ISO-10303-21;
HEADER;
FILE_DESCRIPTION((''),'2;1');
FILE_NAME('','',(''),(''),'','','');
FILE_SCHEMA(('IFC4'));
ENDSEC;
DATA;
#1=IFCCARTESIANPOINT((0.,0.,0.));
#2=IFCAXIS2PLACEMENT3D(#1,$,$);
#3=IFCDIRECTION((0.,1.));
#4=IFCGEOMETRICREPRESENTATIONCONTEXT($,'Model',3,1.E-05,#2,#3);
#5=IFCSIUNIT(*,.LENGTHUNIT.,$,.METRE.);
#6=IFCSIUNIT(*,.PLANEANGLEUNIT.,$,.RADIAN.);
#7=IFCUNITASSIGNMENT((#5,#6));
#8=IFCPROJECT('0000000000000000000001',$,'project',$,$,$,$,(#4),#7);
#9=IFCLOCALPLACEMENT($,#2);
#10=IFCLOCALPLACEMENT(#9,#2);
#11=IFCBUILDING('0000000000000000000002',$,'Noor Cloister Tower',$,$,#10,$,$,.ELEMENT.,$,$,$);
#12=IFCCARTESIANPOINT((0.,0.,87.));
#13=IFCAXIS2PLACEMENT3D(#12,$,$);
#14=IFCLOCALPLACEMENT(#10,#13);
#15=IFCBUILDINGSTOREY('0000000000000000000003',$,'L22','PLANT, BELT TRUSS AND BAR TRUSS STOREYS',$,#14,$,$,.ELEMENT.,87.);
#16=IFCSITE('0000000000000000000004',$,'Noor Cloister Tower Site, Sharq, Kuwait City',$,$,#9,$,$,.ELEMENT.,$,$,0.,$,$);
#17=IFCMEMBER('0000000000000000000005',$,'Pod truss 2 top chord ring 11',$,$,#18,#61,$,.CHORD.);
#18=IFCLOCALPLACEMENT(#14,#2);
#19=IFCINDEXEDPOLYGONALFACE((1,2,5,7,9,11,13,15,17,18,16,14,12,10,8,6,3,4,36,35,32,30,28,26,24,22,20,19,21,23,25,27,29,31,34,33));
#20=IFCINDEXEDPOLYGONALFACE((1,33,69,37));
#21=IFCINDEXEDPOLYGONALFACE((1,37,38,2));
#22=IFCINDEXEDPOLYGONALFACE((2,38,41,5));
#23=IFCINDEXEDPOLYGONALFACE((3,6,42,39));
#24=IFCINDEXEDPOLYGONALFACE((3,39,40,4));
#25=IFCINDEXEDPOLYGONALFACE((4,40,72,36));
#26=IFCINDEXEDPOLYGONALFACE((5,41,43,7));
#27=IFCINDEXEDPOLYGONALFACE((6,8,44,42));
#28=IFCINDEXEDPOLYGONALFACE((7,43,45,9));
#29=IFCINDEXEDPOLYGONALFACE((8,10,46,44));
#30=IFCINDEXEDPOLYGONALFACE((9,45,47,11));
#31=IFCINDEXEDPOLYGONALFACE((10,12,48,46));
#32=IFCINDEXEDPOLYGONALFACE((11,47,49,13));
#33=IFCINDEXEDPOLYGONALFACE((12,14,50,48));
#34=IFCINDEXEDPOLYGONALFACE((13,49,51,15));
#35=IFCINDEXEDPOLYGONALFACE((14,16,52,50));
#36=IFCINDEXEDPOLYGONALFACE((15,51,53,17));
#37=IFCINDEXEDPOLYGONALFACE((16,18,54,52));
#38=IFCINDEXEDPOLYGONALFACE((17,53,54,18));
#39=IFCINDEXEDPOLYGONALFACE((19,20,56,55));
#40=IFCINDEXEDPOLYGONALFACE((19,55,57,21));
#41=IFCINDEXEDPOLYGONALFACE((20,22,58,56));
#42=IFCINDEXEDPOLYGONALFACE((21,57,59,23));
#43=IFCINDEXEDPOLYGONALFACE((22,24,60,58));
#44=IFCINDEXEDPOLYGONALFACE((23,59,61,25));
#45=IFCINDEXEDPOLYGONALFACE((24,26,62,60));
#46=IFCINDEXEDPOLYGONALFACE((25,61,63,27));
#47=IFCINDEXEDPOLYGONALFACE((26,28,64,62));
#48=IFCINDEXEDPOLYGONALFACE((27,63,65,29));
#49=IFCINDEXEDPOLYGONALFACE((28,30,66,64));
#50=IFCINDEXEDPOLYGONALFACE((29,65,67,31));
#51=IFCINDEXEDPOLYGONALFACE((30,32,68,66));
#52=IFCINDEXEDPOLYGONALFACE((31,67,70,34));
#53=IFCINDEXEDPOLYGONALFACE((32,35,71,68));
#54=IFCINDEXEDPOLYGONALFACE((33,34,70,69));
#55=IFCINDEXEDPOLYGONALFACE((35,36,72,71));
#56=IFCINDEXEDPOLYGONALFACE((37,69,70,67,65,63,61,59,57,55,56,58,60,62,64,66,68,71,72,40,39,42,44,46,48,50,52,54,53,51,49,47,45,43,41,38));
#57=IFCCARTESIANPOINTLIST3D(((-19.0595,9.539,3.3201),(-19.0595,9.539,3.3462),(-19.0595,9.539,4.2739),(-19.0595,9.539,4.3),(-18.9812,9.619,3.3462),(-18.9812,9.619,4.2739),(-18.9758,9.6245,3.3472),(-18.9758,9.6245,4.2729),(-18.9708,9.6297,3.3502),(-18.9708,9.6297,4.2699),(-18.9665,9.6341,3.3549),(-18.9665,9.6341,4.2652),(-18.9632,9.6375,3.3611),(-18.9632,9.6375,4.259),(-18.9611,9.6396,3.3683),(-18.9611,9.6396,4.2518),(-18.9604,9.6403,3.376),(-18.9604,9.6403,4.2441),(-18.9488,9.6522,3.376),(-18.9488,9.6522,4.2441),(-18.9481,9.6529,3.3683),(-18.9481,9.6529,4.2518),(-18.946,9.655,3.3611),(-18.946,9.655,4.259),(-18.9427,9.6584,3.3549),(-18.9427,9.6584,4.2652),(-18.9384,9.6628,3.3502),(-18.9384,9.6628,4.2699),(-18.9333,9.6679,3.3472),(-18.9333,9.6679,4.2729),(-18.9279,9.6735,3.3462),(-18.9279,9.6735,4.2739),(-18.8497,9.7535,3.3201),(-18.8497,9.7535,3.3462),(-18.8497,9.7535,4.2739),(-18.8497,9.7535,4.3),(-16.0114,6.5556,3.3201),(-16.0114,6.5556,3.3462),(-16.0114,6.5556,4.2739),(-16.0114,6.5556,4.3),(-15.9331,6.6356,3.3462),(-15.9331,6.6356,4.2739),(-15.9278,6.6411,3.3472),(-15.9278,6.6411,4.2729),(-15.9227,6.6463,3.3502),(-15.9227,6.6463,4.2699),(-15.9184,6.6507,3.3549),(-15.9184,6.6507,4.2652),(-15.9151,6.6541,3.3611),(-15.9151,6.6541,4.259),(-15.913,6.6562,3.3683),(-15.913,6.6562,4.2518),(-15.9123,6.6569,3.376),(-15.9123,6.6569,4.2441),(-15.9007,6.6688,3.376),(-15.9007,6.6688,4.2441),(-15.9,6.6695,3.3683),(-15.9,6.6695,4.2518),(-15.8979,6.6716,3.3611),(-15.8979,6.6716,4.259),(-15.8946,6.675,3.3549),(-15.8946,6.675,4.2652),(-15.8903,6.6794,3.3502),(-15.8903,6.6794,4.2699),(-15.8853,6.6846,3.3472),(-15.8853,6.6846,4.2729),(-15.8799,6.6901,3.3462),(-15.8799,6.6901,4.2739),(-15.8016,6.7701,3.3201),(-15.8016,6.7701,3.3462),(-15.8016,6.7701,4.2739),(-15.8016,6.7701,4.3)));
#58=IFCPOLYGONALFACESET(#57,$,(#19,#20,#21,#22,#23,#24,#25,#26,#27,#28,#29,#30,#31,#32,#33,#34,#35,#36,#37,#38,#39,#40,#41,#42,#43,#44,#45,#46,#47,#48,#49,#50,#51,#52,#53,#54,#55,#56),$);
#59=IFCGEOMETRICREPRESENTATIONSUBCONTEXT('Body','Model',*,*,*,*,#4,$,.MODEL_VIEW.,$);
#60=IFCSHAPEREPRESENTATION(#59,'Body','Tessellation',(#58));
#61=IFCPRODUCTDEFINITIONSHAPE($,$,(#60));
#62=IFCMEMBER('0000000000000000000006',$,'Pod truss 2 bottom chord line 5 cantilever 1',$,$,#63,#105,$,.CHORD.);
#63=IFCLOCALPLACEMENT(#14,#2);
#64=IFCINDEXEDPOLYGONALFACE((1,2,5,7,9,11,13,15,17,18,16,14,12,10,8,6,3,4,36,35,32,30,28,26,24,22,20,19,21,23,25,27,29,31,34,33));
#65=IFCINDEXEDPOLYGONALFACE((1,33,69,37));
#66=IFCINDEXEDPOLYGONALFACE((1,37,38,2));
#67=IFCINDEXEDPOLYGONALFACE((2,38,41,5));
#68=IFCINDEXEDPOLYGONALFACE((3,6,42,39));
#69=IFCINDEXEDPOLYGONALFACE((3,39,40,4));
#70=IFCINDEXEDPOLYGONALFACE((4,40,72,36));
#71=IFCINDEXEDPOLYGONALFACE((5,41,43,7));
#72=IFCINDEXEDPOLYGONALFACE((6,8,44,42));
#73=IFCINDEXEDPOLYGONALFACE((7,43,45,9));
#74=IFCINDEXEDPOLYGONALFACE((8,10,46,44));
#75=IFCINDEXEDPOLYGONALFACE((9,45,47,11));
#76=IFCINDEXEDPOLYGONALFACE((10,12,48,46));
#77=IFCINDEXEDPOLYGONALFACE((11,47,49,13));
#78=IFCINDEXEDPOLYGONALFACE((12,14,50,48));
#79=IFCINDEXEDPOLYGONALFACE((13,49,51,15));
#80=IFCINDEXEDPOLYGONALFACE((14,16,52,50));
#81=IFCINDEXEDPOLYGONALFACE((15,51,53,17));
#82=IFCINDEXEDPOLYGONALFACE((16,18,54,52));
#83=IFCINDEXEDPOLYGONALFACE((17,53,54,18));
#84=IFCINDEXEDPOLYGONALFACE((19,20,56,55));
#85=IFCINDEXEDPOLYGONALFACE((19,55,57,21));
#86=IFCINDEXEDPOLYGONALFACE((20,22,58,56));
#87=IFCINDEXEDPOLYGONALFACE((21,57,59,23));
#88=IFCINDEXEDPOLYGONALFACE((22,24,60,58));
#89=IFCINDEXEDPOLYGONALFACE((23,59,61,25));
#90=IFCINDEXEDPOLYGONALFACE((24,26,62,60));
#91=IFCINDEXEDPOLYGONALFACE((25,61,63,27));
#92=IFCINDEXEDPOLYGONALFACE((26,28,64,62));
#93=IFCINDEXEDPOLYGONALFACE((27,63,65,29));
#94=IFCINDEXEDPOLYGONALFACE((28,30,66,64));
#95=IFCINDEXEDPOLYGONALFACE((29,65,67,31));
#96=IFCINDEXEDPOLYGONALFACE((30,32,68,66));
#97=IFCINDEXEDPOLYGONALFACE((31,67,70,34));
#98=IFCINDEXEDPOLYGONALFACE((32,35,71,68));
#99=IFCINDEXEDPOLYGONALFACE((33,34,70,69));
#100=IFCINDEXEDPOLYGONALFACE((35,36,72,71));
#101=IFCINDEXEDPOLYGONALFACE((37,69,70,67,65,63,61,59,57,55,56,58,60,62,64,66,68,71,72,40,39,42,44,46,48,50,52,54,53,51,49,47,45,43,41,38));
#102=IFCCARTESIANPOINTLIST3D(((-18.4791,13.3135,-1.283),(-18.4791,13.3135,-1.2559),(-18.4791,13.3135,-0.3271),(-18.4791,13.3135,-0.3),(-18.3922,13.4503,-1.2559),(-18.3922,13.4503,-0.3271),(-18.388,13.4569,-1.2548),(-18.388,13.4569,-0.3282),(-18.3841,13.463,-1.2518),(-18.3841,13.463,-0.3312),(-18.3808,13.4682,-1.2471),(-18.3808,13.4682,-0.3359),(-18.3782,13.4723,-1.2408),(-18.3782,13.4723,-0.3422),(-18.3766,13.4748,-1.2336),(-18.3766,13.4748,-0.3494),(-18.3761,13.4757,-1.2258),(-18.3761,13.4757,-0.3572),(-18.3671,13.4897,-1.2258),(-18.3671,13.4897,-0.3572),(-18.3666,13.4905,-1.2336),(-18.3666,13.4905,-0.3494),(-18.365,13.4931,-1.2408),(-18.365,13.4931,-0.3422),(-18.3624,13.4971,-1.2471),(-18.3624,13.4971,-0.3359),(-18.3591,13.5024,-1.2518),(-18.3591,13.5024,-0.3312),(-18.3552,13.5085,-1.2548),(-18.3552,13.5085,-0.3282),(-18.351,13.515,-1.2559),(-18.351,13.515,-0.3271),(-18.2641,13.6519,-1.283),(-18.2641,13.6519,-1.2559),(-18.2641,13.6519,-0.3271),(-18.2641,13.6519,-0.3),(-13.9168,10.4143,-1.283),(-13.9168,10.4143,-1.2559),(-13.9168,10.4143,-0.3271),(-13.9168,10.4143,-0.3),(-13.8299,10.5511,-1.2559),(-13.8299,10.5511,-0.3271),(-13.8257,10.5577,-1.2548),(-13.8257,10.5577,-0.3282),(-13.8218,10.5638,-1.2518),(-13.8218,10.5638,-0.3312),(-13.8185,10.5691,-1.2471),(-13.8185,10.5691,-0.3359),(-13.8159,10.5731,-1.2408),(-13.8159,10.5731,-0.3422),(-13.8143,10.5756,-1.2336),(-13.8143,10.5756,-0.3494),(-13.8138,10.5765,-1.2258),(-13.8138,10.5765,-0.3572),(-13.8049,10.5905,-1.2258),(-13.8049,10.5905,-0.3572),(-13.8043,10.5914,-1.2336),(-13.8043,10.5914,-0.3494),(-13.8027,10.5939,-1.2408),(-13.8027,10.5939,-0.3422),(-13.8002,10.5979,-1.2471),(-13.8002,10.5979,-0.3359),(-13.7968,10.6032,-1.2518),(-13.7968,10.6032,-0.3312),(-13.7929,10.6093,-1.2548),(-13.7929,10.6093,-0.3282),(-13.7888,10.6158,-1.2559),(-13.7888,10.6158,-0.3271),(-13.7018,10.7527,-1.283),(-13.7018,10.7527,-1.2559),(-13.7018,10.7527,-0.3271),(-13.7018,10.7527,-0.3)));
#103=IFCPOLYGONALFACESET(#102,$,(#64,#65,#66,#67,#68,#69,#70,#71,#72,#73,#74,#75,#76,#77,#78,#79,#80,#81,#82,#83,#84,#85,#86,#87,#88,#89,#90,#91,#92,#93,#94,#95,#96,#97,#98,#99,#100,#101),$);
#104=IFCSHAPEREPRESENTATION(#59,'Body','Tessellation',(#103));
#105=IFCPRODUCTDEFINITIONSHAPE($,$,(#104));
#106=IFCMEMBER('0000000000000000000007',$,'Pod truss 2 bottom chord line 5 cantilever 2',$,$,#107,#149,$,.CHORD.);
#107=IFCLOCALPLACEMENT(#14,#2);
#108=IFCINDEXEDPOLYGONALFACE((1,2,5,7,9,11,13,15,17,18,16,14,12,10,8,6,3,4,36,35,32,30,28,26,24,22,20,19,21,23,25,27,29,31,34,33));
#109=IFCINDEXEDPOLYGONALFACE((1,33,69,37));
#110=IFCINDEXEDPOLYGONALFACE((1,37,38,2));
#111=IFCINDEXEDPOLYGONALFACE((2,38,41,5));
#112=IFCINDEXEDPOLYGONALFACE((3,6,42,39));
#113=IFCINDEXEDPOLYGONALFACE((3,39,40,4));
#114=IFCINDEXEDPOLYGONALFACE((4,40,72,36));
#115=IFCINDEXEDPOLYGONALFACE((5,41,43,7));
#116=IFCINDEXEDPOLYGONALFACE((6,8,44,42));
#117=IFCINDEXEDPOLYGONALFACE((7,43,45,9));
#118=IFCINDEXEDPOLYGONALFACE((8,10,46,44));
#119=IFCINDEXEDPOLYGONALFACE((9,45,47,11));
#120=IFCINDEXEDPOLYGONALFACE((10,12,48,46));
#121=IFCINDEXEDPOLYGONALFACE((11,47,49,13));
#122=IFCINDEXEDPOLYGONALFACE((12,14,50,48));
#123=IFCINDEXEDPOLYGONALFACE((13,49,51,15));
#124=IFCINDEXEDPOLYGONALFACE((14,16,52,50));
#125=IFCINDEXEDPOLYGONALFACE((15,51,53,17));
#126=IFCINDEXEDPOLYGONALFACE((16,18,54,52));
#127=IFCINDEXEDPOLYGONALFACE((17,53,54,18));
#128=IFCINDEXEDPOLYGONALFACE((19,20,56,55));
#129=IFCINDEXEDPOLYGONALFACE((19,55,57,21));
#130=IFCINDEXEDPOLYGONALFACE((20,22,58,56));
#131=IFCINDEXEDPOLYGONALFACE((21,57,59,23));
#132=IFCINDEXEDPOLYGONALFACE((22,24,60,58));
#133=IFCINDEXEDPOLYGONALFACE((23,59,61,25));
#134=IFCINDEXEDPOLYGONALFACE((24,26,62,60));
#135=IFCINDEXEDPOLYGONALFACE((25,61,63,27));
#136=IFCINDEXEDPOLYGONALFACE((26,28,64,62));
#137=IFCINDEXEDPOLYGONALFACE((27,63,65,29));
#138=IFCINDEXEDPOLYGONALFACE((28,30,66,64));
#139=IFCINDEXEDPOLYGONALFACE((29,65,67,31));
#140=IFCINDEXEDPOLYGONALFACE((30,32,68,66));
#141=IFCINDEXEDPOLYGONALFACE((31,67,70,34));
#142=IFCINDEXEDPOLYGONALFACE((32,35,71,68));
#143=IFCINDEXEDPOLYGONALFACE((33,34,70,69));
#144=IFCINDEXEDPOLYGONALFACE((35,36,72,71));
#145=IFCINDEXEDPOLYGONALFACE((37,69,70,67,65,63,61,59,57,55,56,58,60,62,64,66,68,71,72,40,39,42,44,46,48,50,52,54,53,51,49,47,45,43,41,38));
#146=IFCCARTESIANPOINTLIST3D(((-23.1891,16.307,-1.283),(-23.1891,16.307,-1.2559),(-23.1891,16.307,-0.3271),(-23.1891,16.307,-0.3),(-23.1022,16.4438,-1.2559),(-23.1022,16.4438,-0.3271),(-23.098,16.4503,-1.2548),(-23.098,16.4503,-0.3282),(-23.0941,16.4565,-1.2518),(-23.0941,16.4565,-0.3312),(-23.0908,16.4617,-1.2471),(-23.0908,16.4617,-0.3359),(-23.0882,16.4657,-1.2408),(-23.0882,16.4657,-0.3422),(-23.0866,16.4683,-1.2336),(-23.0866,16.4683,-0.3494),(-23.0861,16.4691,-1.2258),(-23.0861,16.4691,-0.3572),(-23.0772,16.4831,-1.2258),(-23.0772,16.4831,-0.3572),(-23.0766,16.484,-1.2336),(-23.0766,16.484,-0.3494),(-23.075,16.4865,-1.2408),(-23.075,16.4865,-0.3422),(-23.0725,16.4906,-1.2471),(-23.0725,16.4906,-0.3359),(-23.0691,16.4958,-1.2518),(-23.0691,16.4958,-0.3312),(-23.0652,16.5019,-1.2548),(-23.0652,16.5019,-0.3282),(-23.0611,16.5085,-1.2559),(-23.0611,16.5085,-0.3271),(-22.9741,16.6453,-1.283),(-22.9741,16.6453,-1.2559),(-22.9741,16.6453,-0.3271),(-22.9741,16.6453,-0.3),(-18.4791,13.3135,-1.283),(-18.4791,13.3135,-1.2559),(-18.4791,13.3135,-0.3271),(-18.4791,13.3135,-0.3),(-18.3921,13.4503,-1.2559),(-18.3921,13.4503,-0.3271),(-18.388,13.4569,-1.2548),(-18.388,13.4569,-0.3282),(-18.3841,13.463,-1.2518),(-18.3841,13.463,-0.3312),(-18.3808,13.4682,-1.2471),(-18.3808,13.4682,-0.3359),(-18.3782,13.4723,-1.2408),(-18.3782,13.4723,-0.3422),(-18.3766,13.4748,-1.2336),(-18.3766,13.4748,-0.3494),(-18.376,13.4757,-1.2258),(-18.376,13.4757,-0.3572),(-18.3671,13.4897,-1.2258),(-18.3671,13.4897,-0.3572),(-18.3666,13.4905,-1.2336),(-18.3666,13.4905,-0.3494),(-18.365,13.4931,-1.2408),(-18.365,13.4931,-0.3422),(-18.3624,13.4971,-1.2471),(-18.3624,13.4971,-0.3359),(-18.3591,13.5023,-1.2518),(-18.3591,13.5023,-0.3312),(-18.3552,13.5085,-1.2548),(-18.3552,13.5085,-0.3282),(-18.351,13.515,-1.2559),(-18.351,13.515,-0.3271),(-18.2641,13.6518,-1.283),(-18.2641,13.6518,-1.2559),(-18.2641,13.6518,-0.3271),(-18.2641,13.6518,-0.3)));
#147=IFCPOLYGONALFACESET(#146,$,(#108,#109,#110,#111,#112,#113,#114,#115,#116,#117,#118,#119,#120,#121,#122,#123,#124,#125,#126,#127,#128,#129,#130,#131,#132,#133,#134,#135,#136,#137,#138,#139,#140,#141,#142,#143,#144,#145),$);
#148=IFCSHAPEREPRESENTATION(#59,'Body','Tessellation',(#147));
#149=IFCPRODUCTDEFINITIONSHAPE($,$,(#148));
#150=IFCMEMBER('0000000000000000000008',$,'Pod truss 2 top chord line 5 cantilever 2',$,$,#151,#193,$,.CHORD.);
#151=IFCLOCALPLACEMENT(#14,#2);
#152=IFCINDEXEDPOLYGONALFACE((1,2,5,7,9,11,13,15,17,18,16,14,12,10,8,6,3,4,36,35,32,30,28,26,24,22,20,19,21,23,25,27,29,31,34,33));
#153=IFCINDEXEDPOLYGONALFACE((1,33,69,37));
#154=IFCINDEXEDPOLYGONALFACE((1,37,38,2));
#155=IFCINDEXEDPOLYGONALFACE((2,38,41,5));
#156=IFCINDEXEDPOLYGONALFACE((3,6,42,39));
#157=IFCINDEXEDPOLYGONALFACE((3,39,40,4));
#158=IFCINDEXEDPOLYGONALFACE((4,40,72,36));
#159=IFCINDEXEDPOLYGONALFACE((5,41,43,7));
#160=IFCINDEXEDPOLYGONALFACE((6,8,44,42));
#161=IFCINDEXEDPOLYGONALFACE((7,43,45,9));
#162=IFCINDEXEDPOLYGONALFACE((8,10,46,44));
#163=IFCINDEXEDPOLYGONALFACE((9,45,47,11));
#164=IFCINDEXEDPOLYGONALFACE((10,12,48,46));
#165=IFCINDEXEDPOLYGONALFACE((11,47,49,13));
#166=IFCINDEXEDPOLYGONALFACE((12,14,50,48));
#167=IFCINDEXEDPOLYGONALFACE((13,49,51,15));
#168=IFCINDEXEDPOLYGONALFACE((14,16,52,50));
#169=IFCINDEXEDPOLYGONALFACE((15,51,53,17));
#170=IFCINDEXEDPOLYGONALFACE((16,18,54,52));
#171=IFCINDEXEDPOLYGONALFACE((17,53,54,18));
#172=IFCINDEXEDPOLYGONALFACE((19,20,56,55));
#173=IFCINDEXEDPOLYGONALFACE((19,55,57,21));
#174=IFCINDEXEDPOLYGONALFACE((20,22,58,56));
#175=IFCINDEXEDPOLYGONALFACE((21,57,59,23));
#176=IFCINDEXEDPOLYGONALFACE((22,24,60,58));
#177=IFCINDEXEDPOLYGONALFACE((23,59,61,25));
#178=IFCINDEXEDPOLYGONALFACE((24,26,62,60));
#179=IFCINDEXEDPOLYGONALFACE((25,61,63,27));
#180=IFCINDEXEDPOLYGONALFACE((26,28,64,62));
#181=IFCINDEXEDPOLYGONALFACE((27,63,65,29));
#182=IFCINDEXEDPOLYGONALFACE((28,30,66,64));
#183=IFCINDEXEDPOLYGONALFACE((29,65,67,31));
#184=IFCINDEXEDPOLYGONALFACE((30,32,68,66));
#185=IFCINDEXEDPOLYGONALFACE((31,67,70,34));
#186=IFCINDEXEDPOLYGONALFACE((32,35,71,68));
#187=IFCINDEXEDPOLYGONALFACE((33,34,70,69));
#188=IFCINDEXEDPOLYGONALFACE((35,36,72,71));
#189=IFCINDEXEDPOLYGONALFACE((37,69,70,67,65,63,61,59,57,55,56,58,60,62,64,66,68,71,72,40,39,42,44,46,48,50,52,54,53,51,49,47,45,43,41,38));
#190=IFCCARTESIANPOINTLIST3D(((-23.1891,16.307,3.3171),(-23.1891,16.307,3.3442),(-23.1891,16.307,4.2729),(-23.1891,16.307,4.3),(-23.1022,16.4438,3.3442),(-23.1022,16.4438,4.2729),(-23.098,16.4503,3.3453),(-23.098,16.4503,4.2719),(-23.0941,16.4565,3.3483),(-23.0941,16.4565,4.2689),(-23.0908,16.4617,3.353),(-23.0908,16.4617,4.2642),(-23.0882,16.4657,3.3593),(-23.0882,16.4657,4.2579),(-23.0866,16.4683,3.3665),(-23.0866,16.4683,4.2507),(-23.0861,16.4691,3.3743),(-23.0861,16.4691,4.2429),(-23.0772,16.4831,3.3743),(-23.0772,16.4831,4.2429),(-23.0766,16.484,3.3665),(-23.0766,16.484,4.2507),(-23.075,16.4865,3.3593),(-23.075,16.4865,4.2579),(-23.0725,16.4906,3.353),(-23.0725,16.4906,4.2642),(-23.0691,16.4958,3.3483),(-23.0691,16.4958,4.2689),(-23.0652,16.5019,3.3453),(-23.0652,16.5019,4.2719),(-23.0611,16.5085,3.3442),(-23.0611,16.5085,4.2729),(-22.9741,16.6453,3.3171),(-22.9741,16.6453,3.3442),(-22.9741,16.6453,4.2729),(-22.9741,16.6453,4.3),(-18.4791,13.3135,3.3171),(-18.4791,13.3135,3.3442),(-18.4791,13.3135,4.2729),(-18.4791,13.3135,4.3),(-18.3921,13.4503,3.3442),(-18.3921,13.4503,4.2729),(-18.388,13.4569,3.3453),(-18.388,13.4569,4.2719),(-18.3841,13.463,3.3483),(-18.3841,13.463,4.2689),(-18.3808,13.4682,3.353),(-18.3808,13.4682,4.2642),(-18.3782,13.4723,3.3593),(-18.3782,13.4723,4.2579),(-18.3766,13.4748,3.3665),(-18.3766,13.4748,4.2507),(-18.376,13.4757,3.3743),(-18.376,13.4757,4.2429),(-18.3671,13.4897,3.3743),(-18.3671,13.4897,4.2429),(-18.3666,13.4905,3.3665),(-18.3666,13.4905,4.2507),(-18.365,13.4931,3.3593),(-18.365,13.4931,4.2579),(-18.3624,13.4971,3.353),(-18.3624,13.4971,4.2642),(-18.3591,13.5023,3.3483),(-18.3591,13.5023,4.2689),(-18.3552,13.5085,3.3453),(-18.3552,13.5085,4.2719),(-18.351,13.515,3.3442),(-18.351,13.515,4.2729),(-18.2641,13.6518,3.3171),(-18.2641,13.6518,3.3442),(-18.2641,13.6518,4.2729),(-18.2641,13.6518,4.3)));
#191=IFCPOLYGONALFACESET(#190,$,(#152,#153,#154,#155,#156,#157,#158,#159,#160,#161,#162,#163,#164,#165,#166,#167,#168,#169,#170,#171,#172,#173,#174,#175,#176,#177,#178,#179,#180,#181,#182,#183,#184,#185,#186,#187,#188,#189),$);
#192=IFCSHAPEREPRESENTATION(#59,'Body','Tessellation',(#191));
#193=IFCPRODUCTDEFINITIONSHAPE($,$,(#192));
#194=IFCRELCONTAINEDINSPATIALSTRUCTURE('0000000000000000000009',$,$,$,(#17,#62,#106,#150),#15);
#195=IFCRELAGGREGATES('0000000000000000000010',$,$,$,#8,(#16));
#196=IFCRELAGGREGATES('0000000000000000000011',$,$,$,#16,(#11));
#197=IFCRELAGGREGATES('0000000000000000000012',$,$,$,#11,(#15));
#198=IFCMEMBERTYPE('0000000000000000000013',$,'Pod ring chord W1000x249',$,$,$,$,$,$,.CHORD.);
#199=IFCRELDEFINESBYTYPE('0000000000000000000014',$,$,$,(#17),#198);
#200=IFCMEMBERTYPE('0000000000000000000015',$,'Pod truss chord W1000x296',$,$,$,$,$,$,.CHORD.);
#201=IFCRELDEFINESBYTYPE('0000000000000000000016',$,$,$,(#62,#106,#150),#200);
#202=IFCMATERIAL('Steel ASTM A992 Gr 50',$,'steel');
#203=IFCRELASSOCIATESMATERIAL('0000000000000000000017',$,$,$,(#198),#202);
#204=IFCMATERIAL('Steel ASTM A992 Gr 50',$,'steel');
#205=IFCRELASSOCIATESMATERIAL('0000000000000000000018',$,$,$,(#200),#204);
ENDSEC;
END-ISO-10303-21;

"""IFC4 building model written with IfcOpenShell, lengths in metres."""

from ifc_helpers import new_model, si_unit, direction, frame, origin, origin_2d, place, context, subcontext, project, spatial, i_section, extrude, material, material_profile, profile_set, type_object, element, save


model = new_model("IFC4")

# Units and contexts
model_context = context("Model", 3, precision=1e-05, world=origin(), true_north=direction((0.0, 1.0)))
body_context = subcontext(model_context, "Body", "Model", "MODEL_VIEW")
ifc_project = project(units=[si_unit("LENGTHUNIT", "METRE"), si_unit("PLANEANGLEUNIT", "RADIAN")], contexts=[model_context])

# Site, building, storey
site_placement = place(None, origin())
site = spatial("IfcSite", under=ifc_project, at=site_placement, Name="Noor Cloister Tower Site, Sharq, Kuwait City", CompositionType="ELEMENT", RefElevation=0.0)
building_placement = place(site_placement, origin())
building = spatial("IfcBuilding", under=site, at=building_placement, Name="Noor Cloister Tower", CompositionType="ELEMENT")
storey_placement = place(building_placement, frame((0.0, 0.0, 87.0)))
storey = spatial("IfcBuildingStorey", under=building, at=storey_placement, Name="L22", Description="PLANT, BELT TRUSS AND BAR TRUSS STOREYS", CompositionType="ELEMENT", Elevation=87.0)

# Members
ifc_material_1 = material(Name="Steel ASTM A992 Gr 50", Category="steel")
ifc_material_profile_1 = material_profile(ifc_material_1, i_section(OverallWidth=0.3, OverallDepth=0.98, WebThickness=0.0166, FlangeThickness=0.0261, FilletRadius=0.0298, at=origin_2d()), Name="W1000x249")
ifc_profile_set_1 = profile_set([ifc_material_profile_1], Name="Steel ASTM A992 Gr 50")
member_type_1 = type_object("IfcMemberType", Name="Pod ring chord W1000x249", PredefinedType="CHORD", material=ifc_profile_set_1)
member_1_placement = place(storey_placement, frame((-18.9546, 9.6462, 3.8101), z_axis=(0.714651, -0.699482, 0.0), x_axis=(0.699482, 0.714651, 0.0)))
element("IfcMember", 1, at=member_1_placement, inside=storey, type_object=member_type_1, Name="Pod truss 2 top chord ring 11", PredefinedType="CHORD", context=body_context, shape_type="SweptSolid", body=[
    extrude(i_section(OverallWidth=0.3, OverallDepth=0.98, WebThickness=0.0166, FlangeThickness=0.0261, FilletRadius=0.0298, at=origin_2d()), origin(), (0.0, 0.0, 1.0), 4.2651),
])
ifc_material_2 = material(Name="Steel ASTM A992 Gr 50", Category="steel")
ifc_material_profile_2 = material_profile(ifc_material_2, i_section(OverallWidth=0.4009, OverallDepth=0.9829, WebThickness=0.0166, FlangeThickness=0.0271, FilletRadius=0.03, at=origin_2d()), Name="W1000x296")
ifc_profile_set_2 = profile_set([ifc_material_profile_2], Name="Steel ASTM A992 Gr 50")
member_type_2 = type_object("IfcMemberType", Name="Pod truss chord W1000x296", PredefinedType="CHORD", material=ifc_profile_set_2)
member_2_placement = place(storey_placement, frame((-13.8093, 10.5835, -0.7915), z_axis=(-0.844004, 0.536338, 0.0), x_axis=(-0.536338, -0.844004, 0.0)))
element("IfcMember", 2, at=member_2_placement, inside=storey, type_object=member_type_2, Name="Pod truss 2 bottom chord line 5 cantilever 1", PredefinedType="CHORD", context=body_context, shape_type="SweptSolid", body=[
    extrude(i_section(OverallWidth=0.4009, OverallDepth=0.9829, WebThickness=0.0166, FlangeThickness=0.0271, FilletRadius=0.03, at=origin_2d()), origin(), (0.0, 0.0, 1.0), 5.4055),
])
for number, where, z_axis, x_axis, name in (
    (3, (-18.3716, 13.4827, -0.7915), (-0.843973, 0.536386, 0.0), (-0.536386, -0.843973, 0.0), "Pod truss 2 bottom chord line 5 cantilever 2"),
    (4, (-18.3716, 13.4827, 3.8086), (-0.843973, 0.536386, 0.0), (-0.536386, -0.843973, 0.0), "Pod truss 2 top chord line 5 cantilever 2"),
):
    element("IfcMember", number, at=place(storey_placement, frame(where, z_axis=z_axis, x_axis=x_axis)), inside=storey, type_object=member_type_2, Name=name, PredefinedType="CHORD", context=body_context, shape_type="SweptSolid", body=[
        extrude(i_section(OverallWidth=0.4009, OverallDepth=0.9829, WebThickness=0.0166, FlangeThickness=0.0271, FilletRadius=0.03, at=origin_2d()), origin(), (0.0, 0.0, 1.0), 5.5808),
    ])

save(model, "model.ifc")
